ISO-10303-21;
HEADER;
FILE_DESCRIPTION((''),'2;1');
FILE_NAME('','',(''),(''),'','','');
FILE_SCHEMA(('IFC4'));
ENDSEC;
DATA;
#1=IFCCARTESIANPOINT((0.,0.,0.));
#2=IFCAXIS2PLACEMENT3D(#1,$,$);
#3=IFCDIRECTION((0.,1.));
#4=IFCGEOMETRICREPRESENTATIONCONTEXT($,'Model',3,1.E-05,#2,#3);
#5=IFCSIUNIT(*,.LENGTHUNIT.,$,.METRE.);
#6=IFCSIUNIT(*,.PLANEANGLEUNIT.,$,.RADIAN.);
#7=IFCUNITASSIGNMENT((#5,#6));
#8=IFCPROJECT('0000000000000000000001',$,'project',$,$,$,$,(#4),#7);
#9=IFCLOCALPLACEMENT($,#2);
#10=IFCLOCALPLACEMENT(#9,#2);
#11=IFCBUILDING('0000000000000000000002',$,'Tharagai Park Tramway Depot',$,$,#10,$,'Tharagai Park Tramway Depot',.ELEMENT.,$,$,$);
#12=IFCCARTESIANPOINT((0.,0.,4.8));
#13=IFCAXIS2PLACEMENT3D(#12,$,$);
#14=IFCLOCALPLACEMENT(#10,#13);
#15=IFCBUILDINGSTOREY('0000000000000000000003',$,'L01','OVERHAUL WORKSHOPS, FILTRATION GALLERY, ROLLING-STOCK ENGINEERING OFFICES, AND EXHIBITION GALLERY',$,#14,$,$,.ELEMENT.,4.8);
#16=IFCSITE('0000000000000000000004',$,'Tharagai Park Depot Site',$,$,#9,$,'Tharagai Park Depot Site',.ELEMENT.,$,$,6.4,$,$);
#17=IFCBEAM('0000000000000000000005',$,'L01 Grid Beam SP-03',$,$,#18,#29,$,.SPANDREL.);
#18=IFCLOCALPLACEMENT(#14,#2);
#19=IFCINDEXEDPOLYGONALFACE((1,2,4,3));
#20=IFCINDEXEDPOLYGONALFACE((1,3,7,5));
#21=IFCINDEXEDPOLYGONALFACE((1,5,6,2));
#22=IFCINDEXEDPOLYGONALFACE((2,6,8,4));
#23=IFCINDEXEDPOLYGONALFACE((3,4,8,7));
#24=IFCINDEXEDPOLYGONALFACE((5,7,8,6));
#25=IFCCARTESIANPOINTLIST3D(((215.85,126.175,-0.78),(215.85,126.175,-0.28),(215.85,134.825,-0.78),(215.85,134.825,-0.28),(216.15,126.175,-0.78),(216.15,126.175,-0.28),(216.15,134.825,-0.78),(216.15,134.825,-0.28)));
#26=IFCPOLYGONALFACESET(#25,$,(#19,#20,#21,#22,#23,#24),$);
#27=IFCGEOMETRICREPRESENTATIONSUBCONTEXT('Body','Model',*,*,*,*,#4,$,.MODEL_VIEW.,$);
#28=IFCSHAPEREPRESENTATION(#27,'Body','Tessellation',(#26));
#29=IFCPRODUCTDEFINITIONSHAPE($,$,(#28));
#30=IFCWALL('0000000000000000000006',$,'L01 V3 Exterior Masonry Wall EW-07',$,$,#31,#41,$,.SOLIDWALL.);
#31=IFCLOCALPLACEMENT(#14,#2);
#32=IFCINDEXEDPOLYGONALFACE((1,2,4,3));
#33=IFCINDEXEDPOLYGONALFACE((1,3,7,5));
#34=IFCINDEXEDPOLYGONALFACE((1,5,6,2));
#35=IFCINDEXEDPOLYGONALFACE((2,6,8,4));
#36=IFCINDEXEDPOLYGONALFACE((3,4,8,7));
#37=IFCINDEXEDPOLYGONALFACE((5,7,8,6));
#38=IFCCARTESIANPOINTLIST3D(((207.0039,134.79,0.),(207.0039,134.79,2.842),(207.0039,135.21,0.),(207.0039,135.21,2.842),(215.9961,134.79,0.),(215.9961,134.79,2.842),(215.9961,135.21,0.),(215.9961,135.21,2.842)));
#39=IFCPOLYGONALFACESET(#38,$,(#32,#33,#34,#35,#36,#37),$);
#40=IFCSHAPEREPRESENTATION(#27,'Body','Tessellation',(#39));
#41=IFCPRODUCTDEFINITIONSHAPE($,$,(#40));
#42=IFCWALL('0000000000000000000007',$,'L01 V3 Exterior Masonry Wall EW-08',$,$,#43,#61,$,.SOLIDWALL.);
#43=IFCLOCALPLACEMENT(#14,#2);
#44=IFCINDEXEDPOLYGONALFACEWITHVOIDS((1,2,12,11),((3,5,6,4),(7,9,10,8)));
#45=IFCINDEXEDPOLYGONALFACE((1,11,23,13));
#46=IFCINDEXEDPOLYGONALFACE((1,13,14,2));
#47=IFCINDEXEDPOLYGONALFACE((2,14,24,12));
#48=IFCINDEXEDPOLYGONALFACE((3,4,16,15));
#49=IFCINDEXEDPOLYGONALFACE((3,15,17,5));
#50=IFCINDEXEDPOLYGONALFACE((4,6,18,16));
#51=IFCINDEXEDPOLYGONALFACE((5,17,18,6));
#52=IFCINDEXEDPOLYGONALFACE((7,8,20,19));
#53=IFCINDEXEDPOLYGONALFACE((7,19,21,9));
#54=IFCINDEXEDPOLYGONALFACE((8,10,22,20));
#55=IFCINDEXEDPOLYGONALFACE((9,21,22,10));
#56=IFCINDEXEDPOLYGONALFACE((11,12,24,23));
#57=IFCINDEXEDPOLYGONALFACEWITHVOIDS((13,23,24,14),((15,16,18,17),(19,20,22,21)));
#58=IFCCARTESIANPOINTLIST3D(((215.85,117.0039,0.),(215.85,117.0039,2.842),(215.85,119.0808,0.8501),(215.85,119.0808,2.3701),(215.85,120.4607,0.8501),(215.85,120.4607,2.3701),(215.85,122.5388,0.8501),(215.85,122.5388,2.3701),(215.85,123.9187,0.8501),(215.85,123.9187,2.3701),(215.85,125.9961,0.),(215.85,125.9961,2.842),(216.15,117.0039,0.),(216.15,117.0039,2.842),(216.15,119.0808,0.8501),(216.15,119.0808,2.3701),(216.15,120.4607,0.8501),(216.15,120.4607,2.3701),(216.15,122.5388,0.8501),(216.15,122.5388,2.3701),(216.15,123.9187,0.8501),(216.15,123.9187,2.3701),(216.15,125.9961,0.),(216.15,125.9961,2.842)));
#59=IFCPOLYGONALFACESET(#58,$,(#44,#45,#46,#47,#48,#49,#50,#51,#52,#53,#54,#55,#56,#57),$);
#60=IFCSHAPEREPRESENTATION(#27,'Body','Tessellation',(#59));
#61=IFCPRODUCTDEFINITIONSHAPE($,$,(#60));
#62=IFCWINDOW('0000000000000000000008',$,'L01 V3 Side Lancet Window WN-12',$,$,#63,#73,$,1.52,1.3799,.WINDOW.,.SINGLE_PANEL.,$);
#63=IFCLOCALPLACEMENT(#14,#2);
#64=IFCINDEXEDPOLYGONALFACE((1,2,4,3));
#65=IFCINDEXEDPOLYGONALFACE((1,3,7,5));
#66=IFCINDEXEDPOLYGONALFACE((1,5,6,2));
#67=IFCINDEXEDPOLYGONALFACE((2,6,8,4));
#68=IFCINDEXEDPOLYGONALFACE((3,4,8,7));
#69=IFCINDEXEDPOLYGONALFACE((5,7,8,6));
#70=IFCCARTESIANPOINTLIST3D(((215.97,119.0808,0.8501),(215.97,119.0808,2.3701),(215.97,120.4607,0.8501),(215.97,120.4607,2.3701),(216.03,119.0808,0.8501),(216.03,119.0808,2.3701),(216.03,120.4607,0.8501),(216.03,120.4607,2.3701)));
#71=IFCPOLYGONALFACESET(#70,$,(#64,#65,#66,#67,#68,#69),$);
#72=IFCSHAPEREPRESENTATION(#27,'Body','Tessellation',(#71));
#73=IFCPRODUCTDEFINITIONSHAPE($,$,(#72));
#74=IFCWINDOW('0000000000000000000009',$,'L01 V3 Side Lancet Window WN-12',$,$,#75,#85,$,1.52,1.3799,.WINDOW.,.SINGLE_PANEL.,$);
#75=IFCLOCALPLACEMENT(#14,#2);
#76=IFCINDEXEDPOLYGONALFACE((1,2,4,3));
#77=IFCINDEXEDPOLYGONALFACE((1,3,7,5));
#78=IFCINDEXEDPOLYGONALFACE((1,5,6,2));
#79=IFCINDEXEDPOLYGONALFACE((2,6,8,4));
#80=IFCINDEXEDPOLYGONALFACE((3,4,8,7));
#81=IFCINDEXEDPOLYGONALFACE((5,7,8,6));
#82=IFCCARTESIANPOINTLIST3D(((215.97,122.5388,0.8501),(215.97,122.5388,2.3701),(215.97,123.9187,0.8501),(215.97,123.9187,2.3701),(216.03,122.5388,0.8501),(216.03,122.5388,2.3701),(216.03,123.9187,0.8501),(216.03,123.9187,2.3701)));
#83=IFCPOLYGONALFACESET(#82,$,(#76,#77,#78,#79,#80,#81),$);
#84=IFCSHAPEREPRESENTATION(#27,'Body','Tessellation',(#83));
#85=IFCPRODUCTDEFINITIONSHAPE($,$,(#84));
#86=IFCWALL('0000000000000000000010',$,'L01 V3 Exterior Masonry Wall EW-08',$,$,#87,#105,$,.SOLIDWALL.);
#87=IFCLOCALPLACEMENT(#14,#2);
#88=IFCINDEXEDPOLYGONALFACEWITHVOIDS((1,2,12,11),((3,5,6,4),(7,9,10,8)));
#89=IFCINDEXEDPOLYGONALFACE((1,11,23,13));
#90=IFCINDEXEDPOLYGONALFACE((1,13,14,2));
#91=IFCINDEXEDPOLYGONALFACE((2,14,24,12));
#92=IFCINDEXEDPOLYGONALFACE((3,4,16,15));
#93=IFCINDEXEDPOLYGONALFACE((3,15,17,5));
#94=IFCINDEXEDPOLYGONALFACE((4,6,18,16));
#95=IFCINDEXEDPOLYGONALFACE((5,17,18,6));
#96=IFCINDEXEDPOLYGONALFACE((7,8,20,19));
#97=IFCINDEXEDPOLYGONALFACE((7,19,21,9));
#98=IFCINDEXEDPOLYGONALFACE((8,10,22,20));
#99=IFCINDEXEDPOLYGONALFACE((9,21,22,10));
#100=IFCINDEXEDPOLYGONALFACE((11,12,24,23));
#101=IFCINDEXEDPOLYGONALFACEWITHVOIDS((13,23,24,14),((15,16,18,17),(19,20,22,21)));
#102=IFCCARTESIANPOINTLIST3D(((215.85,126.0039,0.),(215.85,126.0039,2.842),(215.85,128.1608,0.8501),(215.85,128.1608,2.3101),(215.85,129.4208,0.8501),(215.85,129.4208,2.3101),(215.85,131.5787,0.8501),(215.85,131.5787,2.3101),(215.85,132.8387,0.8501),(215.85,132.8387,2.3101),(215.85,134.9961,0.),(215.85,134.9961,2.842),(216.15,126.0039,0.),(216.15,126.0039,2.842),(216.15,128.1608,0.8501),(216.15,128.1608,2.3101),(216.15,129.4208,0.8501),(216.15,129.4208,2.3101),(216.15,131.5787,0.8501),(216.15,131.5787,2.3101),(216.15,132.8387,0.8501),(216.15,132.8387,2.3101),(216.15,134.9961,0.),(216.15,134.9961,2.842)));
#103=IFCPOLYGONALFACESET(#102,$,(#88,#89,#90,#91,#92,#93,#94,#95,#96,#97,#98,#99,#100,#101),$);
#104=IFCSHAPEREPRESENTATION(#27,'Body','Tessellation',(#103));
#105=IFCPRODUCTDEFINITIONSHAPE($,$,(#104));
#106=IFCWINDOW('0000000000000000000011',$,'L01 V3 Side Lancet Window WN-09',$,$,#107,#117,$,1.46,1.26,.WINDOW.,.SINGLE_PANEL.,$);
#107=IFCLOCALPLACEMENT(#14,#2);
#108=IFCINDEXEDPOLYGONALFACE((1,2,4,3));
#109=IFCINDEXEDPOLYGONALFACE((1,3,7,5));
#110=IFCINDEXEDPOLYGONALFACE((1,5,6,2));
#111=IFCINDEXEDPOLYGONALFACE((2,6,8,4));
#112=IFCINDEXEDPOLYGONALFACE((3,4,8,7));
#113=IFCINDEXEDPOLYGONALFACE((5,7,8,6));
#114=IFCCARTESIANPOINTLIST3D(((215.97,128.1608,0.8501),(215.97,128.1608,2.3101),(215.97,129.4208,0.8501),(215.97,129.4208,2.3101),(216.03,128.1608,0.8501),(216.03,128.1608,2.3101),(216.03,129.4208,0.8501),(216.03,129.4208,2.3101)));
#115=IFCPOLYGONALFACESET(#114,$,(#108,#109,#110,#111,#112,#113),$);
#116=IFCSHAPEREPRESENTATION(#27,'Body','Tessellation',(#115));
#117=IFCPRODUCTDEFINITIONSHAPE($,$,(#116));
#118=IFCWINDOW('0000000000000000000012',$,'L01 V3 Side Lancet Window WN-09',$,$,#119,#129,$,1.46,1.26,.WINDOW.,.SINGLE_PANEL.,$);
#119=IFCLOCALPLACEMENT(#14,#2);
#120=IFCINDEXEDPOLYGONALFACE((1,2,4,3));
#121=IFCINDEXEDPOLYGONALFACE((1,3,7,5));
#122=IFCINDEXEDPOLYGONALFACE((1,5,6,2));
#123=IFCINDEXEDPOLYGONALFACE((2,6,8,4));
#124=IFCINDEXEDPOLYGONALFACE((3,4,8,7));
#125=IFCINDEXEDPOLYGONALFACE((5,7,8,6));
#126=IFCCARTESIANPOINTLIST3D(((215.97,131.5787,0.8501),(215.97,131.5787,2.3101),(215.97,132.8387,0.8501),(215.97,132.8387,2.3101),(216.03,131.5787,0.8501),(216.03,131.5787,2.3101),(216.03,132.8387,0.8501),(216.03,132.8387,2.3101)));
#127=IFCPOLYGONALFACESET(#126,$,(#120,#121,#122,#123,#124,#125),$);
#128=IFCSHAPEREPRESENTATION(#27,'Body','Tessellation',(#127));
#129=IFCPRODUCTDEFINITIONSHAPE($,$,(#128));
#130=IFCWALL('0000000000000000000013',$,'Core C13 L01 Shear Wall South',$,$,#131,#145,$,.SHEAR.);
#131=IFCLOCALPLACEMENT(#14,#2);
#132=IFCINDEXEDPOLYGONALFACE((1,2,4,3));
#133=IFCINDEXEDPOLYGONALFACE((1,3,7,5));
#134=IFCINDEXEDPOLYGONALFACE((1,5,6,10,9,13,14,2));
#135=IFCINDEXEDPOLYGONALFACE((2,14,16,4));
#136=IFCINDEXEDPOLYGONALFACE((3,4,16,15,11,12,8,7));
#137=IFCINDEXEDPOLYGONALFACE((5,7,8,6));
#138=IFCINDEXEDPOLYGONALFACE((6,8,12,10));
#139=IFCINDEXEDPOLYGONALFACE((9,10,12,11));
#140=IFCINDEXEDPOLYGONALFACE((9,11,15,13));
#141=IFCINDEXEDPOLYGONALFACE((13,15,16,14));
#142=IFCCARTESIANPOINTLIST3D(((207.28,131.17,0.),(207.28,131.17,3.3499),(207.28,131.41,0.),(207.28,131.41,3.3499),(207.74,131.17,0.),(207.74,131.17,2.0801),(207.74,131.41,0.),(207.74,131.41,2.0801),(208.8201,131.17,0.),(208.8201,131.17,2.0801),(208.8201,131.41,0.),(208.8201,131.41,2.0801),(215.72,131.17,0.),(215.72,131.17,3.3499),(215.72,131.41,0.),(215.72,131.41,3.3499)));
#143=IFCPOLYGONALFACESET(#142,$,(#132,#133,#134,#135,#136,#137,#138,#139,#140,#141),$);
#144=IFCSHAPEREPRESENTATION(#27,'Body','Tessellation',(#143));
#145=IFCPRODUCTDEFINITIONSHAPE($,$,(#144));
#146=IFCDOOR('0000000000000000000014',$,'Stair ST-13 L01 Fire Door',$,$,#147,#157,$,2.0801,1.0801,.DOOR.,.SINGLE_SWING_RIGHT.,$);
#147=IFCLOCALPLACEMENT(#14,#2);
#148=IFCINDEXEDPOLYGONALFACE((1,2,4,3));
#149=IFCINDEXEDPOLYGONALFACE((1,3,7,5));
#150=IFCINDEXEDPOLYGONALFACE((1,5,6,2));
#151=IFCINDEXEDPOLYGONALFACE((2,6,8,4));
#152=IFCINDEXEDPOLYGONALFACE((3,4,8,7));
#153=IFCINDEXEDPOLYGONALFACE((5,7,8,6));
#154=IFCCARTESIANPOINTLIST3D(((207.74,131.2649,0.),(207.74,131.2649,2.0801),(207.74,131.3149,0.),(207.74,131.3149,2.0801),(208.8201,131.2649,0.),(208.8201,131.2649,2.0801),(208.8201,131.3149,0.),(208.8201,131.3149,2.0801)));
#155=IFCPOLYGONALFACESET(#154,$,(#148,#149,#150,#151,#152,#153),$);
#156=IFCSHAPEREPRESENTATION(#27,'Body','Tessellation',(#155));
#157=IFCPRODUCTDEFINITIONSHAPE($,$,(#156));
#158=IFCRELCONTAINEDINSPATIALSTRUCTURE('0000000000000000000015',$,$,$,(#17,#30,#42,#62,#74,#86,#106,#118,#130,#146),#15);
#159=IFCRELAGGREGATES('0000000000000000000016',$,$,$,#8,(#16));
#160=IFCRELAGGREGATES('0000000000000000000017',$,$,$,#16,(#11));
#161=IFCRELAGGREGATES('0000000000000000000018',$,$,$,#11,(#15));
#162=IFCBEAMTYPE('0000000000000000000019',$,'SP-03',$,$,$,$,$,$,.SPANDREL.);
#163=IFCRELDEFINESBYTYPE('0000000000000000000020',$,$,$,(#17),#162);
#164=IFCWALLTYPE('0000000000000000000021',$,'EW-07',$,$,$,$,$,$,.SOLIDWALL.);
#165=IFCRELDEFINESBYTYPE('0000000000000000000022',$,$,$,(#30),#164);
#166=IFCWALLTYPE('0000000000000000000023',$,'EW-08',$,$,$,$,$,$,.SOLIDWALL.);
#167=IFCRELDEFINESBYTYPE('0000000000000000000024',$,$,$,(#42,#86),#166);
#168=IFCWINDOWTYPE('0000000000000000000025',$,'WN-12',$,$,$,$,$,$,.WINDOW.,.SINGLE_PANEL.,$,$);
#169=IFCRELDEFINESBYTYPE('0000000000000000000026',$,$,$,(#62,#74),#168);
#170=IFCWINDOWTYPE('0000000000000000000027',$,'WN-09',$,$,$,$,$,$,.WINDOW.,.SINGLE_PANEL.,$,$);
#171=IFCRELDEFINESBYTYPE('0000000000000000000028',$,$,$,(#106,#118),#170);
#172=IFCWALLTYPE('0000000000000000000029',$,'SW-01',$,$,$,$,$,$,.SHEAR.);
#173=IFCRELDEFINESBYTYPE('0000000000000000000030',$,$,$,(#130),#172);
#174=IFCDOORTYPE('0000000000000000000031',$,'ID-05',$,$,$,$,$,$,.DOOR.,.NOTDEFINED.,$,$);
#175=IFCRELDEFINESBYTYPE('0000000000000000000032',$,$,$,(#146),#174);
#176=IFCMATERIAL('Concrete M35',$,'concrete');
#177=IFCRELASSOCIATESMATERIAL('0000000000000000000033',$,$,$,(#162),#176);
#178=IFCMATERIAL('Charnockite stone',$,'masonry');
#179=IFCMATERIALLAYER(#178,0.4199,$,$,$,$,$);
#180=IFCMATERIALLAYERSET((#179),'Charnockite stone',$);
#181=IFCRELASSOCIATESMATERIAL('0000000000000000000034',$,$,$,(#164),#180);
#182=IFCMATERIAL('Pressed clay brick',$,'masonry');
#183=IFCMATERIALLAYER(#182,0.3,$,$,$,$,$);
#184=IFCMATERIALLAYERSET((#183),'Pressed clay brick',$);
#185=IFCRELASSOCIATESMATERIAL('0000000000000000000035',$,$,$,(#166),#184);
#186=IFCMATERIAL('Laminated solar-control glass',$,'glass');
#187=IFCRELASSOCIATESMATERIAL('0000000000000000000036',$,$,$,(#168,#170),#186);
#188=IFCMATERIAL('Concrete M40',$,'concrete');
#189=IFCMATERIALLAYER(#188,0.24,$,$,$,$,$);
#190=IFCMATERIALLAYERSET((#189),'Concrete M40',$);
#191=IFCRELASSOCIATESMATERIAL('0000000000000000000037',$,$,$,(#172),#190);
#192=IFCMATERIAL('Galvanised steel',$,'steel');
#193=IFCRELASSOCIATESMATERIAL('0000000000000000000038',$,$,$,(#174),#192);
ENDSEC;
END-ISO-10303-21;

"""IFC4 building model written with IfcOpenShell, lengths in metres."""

from ifc_helpers import new_model, si_unit, direction, frame, frame_2d, origin, origin_2d, place, context, subcontext, project, spatial, rectangle, extrude, material, layer, layer_set, material_profile, profile_set, type_object, element, fill, save


model = new_model("IFC4")

# Units and contexts
model_context = context("Model", 3, precision=1e-05, world=origin(), true_north=direction((0.0, 1.0)))
body_context = subcontext(model_context, "Body", "Model", "MODEL_VIEW")
ifc_project = project(units=[si_unit("LENGTHUNIT", "METRE"), si_unit("PLANEANGLEUNIT", "RADIAN")], contexts=[model_context])

# Site, building, storey
site_placement = place(None, origin())
site = spatial("IfcSite", under=ifc_project, at=site_placement, Name="Tharagai Park Depot Site", LongName="Tharagai Park Depot Site", CompositionType="ELEMENT", RefElevation=6.4)
building_placement = place(site_placement, origin())
building = spatial("IfcBuilding", under=site, at=building_placement, Name="Tharagai Park Tramway Depot", LongName="Tharagai Park Tramway Depot", CompositionType="ELEMENT")
storey_placement = place(building_placement, frame((0.0, 0.0, 4.8)))
storey = spatial("IfcBuildingStorey", under=building, at=storey_placement, Name="L01", Description="OVERHAUL WORKSHOPS, FILTRATION GALLERY, ROLLING-STOCK ENGINEERING OFFICES, AND EXHIBITION GALLERY", CompositionType="ELEMENT", Elevation=4.8)

# Shared definitions
ifc_material_1 = material(Name="Concrete M40", Category="concrete")

# Beam
ifc_material_2 = material(Name="Concrete M35", Category="concrete")
ifc_material_profile_1 = material_profile(ifc_material_2, rectangle(XDim=0.3, YDim=0.5, at=origin_2d()), Name="RC 300x500")
ifc_profile_set_1 = profile_set([ifc_material_profile_1], Name="Concrete M35")
beam_type_1 = type_object("IfcBeamType", Name="SP-03", PredefinedType="SPANDREL", material=ifc_profile_set_1)
for number, where, z_axis, x_axis, name in (
    (1, (216.0, 126.175, -0.53), (0.0, 1.0, 0.0), (-1.0, 0.0, 0.0), "L01 Grid Beam SP-03"),
):
    element("IfcBeam", number, at=place(storey_placement, frame(where, z_axis=z_axis, x_axis=x_axis)), inside=storey, type_object=beam_type_1, Name=name, PredefinedType="SPANDREL", context=body_context, shape_type="SweptSolid", body=[
        extrude(rectangle(XDim=0.3, YDim=0.5, at=origin_2d()), origin(), (0.0, 0.0, 1.0), 8.6499),
    ])

# Wall
ifc_material_3 = material(Name="Charnockite stone", Category="masonry")
ifc_layer_1 = layer(ifc_material_3, 0.4199)
ifc_layer_set_1 = layer_set([ifc_layer_1], Name="Charnockite stone")
wall_type_1 = type_object("IfcWallType", Name="EW-07", PredefinedType="SOLIDWALL", material=ifc_layer_set_1)
wall_1_placement = place(storey_placement, frame((207.0039, 135.0, 0.0), z_axis=(0.0, 0.0, 1.0), x_axis=(1.0, 0.0, 0.0)))
element("IfcWall", 2, at=wall_1_placement, inside=storey, type_object=wall_type_1, Name="L01 V3 Exterior Masonry Wall EW-07", PredefinedType="SOLIDWALL", context=body_context, shape_type="SweptSolid", body=[
    extrude(rectangle(XDim=8.9922, YDim=0.4199, at=frame_2d((4.4961, 0.0))), origin(), (0.0, 0.0, 1.0), 2.842),
])

# Walls, openings, windows
ifc_material_4 = material(Name="Pressed clay brick", Category="masonry")
ifc_layer_2 = layer(ifc_material_4, 0.3)
ifc_layer_set_2 = layer_set([ifc_layer_2], Name="Pressed clay brick")
wall_type_2 = type_object("IfcWallType", Name="EW-08", PredefinedType="SOLIDWALL", material=ifc_layer_set_2)
wall_2_placement = place(storey_placement, frame((216.0, 117.0039, 0.0), z_axis=(0.0, 0.0, 1.0), x_axis=(0.0, 1.0, 0.0)))
wall_2 = element("IfcWall", 3, at=wall_2_placement, inside=storey, type_object=wall_type_2, Name="L01 V3 Exterior Masonry Wall EW-08", PredefinedType="SOLIDWALL", context=body_context, shape_type="SweptSolid", body=[
    extrude(rectangle(XDim=8.9922, YDim=0.3, at=frame_2d((4.4961, 0.0))), origin(), (0.0, 0.0, 1.0), 2.842),
])
opening_1_placement = place(wall_2_placement, frame((2.0769, 0.0, 0.8501)))
opening_1 = element("IfcOpeningElement", 4, at=opening_1_placement, cuts=wall_2, PredefinedType="OPENING", context=body_context, shape_type="SweptSolid", body=[
    extrude(rectangle(XDim=1.3799, YDim=1.52, at=frame_2d((0.6899, 0.76))), frame((0.0, 0.1599, 0.0), z_axis=(0.0, -1.0, 0.0), x_axis=(1.0, 0.0, 0.0)), (0.0, 0.0, 1.0), 0.3201),
])
opening_2_placement = place(wall_2_placement, frame((5.5349, 0.0, 0.8501)))
opening_2 = element("IfcOpeningElement", 5, at=opening_2_placement, cuts=wall_2, PredefinedType="OPENING", context=body_context, shape_type="SweptSolid", body=[
    extrude(rectangle(XDim=1.3799, YDim=1.52, at=frame_2d((0.6899, 0.76))), frame((0.0, 0.1599, 0.0), z_axis=(0.0, -1.0, 0.0), x_axis=(1.0, 0.0, 0.0)), (0.0, 0.0, 1.0), 0.3201),
])
ifc_material_5 = material(Name="Laminated solar-control glass", Category="glass")
window_type_1 = type_object("IfcWindowType", Name="WN-12", PartitioningType="SINGLE_PANEL", PredefinedType="WINDOW", material=ifc_material_5)
window_1_placement = place(opening_1_placement, origin())
window_1 = element("IfcWindow", 6, at=window_1_placement, inside=storey, type_object=window_type_1, Name="L01 V3 Side Lancet Window WN-12", OverallHeight=1.52, OverallWidth=1.3799, PartitioningType="SINGLE_PANEL", PredefinedType="WINDOW", context=body_context, shape_type="SweptSolid", body=[
    extrude(rectangle(XDim=1.3799, YDim=1.52, at=frame_2d((0.6899, 0.76))), frame((0.0, 0.03, 0.0), z_axis=(0.0, -1.0, 0.0), x_axis=(1.0, 0.0, 0.0)), (0.0, 0.0, 1.0), 0.0601),
])
fill(opening_1, window_1)
window_2_placement = place(opening_2_placement, origin())
window_2 = element("IfcWindow", 7, at=window_2_placement, inside=storey, type_object=window_type_1, Name="L01 V3 Side Lancet Window WN-12", OverallHeight=1.52, OverallWidth=1.3799, PartitioningType="SINGLE_PANEL", PredefinedType="WINDOW", context=body_context, shape_type="SweptSolid", body=[
    extrude(rectangle(XDim=1.3799, YDim=1.52, at=frame_2d((0.6899, 0.76))), frame((0.0, 0.03, 0.0), z_axis=(0.0, -1.0, 0.0), x_axis=(1.0, 0.0, 0.0)), (0.0, 0.0, 1.0), 0.0601),
])
fill(opening_2, window_2)
wall_3_placement = place(storey_placement, frame((216.0, 126.0039, 0.0), z_axis=(0.0, 0.0, 1.0), x_axis=(0.0, 1.0, 0.0)))
wall_3 = element("IfcWall", 8, at=wall_3_placement, inside=storey, type_object=wall_type_2, Name="L01 V3 Exterior Masonry Wall EW-08", PredefinedType="SOLIDWALL", context=body_context, shape_type="SweptSolid", body=[
    extrude(rectangle(XDim=8.9922, YDim=0.3, at=frame_2d((4.4961, 0.0))), origin(), (0.0, 0.0, 1.0), 2.842),
])
opening_3_placement = place(wall_3_placement, frame((2.157, 0.0, 0.8501)))
opening_3 = element("IfcOpeningElement", 9, at=opening_3_placement, cuts=wall_3, PredefinedType="OPENING", context=body_context, shape_type="SweptSolid", body=[
    extrude(rectangle(XDim=1.26, YDim=1.46, at=frame_2d((0.6299, 0.73))), frame((0.0, 0.1599, 0.0), z_axis=(0.0, -1.0, 0.0), x_axis=(1.0, 0.0, 0.0)), (0.0, 0.0, 1.0), 0.3201),
])
opening_4_placement = place(wall_3_placement, frame((5.575, 0.0, 0.8501)))
opening_4 = element("IfcOpeningElement", 10, at=opening_4_placement, cuts=wall_3, PredefinedType="OPENING", context=body_context, shape_type="SweptSolid", body=[
    extrude(rectangle(XDim=1.26, YDim=1.46, at=frame_2d((0.6299, 0.73))), frame((0.0, 0.1599, 0.0), z_axis=(0.0, -1.0, 0.0), x_axis=(1.0, 0.0, 0.0)), (0.0, 0.0, 1.0), 0.3201),
])
window_type_2 = type_object("IfcWindowType", Name="WN-09", PartitioningType="SINGLE_PANEL", PredefinedType="WINDOW", material=ifc_material_5)
window_3_placement = place(opening_3_placement, origin())
window_3 = element("IfcWindow", 11, at=window_3_placement, inside=storey, type_object=window_type_2, Name="L01 V3 Side Lancet Window WN-09", OverallHeight=1.46, OverallWidth=1.26, PartitioningType="SINGLE_PANEL", PredefinedType="WINDOW", context=body_context, shape_type="SweptSolid", body=[
    extrude(rectangle(XDim=1.26, YDim=1.46, at=frame_2d((0.6299, 0.73))), frame((0.0, 0.03, 0.0), z_axis=(0.0, -1.0, 0.0), x_axis=(1.0, 0.0, 0.0)), (0.0, 0.0, 1.0), 0.0601),
])
fill(opening_3, window_3)
window_4_placement = place(opening_4_placement, origin())
window_4 = element("IfcWindow", 12, at=window_4_placement, inside=storey, type_object=window_type_2, Name="L01 V3 Side Lancet Window WN-09", OverallHeight=1.46, OverallWidth=1.26, PartitioningType="SINGLE_PANEL", PredefinedType="WINDOW", context=body_context, shape_type="SweptSolid", body=[
    extrude(rectangle(XDim=1.26, YDim=1.46, at=frame_2d((0.6299, 0.73))), frame((0.0, 0.03, 0.0), z_axis=(0.0, -1.0, 0.0), x_axis=(1.0, 0.0, 0.0)), (0.0, 0.0, 1.0), 0.0601),
])
fill(opening_4, window_4)

# Wall, opening, door
ifc_layer_3 = layer(ifc_material_1, 0.24)
ifc_layer_set_3 = layer_set([ifc_layer_3], Name="Concrete M40")
wall_type_3 = type_object("IfcWallType", Name="SW-01", PredefinedType="SHEAR", material=ifc_layer_set_3)
wall_4_placement = place(storey_placement, frame((207.28, 131.29, 0.0), z_axis=(0.0, 0.0, 1.0), x_axis=(1.0, 0.0, 0.0)))
wall_4 = element("IfcWall", 13, at=wall_4_placement, inside=storey, type_object=wall_type_3, Name="Core C13 L01 Shear Wall South", PredefinedType="SHEAR", context=body_context, shape_type="SweptSolid", body=[
    extrude(rectangle(XDim=8.4399, YDim=0.24, at=frame_2d((4.22, 0.0))), origin(), (0.0, 0.0, 1.0), 3.3499),
])
opening_5_placement = place(wall_4_placement, frame((0.46, 0.0, 0.0)))
opening_5 = element("IfcOpeningElement", 14, at=opening_5_placement, cuts=wall_4, PredefinedType="OPENING", context=body_context, shape_type="SweptSolid", body=[
    extrude(rectangle(XDim=1.0801, YDim=2.0801, at=frame_2d((0.54, 1.04))), frame((0.0, 0.1299, 0.0), z_axis=(0.0, -1.0, 0.0), x_axis=(1.0, 0.0, 0.0)), (0.0, 0.0, 1.0), 0.26),
])
ifc_material_6 = material(Name="Galvanised steel", Category="steel")
door_type = type_object("IfcDoorType", Name="ID-05", OperationType="NOTDEFINED", PredefinedType="DOOR", material=ifc_material_6)
door_placement = place(opening_5_placement, origin())
door = element("IfcDoor", 15, at=door_placement, inside=storey, type_object=door_type, Name="Stair ST-13 L01 Fire Door", OperationType="SINGLE_SWING_RIGHT", OverallHeight=2.0801, OverallWidth=1.0801, PredefinedType="DOOR", context=body_context, shape_type="SweptSolid", body=[
    extrude(rectangle(XDim=1.0801, YDim=2.0801, at=frame_2d((0.54, 1.04))), frame((0.0, 0.0249, 0.0), z_axis=(0.0, -1.0, 0.0), x_axis=(1.0, 0.0, 0.0)), (0.0, 0.0, 1.0), 0.05),
])
fill(opening_5, door)

save(model, "model.ifc")
